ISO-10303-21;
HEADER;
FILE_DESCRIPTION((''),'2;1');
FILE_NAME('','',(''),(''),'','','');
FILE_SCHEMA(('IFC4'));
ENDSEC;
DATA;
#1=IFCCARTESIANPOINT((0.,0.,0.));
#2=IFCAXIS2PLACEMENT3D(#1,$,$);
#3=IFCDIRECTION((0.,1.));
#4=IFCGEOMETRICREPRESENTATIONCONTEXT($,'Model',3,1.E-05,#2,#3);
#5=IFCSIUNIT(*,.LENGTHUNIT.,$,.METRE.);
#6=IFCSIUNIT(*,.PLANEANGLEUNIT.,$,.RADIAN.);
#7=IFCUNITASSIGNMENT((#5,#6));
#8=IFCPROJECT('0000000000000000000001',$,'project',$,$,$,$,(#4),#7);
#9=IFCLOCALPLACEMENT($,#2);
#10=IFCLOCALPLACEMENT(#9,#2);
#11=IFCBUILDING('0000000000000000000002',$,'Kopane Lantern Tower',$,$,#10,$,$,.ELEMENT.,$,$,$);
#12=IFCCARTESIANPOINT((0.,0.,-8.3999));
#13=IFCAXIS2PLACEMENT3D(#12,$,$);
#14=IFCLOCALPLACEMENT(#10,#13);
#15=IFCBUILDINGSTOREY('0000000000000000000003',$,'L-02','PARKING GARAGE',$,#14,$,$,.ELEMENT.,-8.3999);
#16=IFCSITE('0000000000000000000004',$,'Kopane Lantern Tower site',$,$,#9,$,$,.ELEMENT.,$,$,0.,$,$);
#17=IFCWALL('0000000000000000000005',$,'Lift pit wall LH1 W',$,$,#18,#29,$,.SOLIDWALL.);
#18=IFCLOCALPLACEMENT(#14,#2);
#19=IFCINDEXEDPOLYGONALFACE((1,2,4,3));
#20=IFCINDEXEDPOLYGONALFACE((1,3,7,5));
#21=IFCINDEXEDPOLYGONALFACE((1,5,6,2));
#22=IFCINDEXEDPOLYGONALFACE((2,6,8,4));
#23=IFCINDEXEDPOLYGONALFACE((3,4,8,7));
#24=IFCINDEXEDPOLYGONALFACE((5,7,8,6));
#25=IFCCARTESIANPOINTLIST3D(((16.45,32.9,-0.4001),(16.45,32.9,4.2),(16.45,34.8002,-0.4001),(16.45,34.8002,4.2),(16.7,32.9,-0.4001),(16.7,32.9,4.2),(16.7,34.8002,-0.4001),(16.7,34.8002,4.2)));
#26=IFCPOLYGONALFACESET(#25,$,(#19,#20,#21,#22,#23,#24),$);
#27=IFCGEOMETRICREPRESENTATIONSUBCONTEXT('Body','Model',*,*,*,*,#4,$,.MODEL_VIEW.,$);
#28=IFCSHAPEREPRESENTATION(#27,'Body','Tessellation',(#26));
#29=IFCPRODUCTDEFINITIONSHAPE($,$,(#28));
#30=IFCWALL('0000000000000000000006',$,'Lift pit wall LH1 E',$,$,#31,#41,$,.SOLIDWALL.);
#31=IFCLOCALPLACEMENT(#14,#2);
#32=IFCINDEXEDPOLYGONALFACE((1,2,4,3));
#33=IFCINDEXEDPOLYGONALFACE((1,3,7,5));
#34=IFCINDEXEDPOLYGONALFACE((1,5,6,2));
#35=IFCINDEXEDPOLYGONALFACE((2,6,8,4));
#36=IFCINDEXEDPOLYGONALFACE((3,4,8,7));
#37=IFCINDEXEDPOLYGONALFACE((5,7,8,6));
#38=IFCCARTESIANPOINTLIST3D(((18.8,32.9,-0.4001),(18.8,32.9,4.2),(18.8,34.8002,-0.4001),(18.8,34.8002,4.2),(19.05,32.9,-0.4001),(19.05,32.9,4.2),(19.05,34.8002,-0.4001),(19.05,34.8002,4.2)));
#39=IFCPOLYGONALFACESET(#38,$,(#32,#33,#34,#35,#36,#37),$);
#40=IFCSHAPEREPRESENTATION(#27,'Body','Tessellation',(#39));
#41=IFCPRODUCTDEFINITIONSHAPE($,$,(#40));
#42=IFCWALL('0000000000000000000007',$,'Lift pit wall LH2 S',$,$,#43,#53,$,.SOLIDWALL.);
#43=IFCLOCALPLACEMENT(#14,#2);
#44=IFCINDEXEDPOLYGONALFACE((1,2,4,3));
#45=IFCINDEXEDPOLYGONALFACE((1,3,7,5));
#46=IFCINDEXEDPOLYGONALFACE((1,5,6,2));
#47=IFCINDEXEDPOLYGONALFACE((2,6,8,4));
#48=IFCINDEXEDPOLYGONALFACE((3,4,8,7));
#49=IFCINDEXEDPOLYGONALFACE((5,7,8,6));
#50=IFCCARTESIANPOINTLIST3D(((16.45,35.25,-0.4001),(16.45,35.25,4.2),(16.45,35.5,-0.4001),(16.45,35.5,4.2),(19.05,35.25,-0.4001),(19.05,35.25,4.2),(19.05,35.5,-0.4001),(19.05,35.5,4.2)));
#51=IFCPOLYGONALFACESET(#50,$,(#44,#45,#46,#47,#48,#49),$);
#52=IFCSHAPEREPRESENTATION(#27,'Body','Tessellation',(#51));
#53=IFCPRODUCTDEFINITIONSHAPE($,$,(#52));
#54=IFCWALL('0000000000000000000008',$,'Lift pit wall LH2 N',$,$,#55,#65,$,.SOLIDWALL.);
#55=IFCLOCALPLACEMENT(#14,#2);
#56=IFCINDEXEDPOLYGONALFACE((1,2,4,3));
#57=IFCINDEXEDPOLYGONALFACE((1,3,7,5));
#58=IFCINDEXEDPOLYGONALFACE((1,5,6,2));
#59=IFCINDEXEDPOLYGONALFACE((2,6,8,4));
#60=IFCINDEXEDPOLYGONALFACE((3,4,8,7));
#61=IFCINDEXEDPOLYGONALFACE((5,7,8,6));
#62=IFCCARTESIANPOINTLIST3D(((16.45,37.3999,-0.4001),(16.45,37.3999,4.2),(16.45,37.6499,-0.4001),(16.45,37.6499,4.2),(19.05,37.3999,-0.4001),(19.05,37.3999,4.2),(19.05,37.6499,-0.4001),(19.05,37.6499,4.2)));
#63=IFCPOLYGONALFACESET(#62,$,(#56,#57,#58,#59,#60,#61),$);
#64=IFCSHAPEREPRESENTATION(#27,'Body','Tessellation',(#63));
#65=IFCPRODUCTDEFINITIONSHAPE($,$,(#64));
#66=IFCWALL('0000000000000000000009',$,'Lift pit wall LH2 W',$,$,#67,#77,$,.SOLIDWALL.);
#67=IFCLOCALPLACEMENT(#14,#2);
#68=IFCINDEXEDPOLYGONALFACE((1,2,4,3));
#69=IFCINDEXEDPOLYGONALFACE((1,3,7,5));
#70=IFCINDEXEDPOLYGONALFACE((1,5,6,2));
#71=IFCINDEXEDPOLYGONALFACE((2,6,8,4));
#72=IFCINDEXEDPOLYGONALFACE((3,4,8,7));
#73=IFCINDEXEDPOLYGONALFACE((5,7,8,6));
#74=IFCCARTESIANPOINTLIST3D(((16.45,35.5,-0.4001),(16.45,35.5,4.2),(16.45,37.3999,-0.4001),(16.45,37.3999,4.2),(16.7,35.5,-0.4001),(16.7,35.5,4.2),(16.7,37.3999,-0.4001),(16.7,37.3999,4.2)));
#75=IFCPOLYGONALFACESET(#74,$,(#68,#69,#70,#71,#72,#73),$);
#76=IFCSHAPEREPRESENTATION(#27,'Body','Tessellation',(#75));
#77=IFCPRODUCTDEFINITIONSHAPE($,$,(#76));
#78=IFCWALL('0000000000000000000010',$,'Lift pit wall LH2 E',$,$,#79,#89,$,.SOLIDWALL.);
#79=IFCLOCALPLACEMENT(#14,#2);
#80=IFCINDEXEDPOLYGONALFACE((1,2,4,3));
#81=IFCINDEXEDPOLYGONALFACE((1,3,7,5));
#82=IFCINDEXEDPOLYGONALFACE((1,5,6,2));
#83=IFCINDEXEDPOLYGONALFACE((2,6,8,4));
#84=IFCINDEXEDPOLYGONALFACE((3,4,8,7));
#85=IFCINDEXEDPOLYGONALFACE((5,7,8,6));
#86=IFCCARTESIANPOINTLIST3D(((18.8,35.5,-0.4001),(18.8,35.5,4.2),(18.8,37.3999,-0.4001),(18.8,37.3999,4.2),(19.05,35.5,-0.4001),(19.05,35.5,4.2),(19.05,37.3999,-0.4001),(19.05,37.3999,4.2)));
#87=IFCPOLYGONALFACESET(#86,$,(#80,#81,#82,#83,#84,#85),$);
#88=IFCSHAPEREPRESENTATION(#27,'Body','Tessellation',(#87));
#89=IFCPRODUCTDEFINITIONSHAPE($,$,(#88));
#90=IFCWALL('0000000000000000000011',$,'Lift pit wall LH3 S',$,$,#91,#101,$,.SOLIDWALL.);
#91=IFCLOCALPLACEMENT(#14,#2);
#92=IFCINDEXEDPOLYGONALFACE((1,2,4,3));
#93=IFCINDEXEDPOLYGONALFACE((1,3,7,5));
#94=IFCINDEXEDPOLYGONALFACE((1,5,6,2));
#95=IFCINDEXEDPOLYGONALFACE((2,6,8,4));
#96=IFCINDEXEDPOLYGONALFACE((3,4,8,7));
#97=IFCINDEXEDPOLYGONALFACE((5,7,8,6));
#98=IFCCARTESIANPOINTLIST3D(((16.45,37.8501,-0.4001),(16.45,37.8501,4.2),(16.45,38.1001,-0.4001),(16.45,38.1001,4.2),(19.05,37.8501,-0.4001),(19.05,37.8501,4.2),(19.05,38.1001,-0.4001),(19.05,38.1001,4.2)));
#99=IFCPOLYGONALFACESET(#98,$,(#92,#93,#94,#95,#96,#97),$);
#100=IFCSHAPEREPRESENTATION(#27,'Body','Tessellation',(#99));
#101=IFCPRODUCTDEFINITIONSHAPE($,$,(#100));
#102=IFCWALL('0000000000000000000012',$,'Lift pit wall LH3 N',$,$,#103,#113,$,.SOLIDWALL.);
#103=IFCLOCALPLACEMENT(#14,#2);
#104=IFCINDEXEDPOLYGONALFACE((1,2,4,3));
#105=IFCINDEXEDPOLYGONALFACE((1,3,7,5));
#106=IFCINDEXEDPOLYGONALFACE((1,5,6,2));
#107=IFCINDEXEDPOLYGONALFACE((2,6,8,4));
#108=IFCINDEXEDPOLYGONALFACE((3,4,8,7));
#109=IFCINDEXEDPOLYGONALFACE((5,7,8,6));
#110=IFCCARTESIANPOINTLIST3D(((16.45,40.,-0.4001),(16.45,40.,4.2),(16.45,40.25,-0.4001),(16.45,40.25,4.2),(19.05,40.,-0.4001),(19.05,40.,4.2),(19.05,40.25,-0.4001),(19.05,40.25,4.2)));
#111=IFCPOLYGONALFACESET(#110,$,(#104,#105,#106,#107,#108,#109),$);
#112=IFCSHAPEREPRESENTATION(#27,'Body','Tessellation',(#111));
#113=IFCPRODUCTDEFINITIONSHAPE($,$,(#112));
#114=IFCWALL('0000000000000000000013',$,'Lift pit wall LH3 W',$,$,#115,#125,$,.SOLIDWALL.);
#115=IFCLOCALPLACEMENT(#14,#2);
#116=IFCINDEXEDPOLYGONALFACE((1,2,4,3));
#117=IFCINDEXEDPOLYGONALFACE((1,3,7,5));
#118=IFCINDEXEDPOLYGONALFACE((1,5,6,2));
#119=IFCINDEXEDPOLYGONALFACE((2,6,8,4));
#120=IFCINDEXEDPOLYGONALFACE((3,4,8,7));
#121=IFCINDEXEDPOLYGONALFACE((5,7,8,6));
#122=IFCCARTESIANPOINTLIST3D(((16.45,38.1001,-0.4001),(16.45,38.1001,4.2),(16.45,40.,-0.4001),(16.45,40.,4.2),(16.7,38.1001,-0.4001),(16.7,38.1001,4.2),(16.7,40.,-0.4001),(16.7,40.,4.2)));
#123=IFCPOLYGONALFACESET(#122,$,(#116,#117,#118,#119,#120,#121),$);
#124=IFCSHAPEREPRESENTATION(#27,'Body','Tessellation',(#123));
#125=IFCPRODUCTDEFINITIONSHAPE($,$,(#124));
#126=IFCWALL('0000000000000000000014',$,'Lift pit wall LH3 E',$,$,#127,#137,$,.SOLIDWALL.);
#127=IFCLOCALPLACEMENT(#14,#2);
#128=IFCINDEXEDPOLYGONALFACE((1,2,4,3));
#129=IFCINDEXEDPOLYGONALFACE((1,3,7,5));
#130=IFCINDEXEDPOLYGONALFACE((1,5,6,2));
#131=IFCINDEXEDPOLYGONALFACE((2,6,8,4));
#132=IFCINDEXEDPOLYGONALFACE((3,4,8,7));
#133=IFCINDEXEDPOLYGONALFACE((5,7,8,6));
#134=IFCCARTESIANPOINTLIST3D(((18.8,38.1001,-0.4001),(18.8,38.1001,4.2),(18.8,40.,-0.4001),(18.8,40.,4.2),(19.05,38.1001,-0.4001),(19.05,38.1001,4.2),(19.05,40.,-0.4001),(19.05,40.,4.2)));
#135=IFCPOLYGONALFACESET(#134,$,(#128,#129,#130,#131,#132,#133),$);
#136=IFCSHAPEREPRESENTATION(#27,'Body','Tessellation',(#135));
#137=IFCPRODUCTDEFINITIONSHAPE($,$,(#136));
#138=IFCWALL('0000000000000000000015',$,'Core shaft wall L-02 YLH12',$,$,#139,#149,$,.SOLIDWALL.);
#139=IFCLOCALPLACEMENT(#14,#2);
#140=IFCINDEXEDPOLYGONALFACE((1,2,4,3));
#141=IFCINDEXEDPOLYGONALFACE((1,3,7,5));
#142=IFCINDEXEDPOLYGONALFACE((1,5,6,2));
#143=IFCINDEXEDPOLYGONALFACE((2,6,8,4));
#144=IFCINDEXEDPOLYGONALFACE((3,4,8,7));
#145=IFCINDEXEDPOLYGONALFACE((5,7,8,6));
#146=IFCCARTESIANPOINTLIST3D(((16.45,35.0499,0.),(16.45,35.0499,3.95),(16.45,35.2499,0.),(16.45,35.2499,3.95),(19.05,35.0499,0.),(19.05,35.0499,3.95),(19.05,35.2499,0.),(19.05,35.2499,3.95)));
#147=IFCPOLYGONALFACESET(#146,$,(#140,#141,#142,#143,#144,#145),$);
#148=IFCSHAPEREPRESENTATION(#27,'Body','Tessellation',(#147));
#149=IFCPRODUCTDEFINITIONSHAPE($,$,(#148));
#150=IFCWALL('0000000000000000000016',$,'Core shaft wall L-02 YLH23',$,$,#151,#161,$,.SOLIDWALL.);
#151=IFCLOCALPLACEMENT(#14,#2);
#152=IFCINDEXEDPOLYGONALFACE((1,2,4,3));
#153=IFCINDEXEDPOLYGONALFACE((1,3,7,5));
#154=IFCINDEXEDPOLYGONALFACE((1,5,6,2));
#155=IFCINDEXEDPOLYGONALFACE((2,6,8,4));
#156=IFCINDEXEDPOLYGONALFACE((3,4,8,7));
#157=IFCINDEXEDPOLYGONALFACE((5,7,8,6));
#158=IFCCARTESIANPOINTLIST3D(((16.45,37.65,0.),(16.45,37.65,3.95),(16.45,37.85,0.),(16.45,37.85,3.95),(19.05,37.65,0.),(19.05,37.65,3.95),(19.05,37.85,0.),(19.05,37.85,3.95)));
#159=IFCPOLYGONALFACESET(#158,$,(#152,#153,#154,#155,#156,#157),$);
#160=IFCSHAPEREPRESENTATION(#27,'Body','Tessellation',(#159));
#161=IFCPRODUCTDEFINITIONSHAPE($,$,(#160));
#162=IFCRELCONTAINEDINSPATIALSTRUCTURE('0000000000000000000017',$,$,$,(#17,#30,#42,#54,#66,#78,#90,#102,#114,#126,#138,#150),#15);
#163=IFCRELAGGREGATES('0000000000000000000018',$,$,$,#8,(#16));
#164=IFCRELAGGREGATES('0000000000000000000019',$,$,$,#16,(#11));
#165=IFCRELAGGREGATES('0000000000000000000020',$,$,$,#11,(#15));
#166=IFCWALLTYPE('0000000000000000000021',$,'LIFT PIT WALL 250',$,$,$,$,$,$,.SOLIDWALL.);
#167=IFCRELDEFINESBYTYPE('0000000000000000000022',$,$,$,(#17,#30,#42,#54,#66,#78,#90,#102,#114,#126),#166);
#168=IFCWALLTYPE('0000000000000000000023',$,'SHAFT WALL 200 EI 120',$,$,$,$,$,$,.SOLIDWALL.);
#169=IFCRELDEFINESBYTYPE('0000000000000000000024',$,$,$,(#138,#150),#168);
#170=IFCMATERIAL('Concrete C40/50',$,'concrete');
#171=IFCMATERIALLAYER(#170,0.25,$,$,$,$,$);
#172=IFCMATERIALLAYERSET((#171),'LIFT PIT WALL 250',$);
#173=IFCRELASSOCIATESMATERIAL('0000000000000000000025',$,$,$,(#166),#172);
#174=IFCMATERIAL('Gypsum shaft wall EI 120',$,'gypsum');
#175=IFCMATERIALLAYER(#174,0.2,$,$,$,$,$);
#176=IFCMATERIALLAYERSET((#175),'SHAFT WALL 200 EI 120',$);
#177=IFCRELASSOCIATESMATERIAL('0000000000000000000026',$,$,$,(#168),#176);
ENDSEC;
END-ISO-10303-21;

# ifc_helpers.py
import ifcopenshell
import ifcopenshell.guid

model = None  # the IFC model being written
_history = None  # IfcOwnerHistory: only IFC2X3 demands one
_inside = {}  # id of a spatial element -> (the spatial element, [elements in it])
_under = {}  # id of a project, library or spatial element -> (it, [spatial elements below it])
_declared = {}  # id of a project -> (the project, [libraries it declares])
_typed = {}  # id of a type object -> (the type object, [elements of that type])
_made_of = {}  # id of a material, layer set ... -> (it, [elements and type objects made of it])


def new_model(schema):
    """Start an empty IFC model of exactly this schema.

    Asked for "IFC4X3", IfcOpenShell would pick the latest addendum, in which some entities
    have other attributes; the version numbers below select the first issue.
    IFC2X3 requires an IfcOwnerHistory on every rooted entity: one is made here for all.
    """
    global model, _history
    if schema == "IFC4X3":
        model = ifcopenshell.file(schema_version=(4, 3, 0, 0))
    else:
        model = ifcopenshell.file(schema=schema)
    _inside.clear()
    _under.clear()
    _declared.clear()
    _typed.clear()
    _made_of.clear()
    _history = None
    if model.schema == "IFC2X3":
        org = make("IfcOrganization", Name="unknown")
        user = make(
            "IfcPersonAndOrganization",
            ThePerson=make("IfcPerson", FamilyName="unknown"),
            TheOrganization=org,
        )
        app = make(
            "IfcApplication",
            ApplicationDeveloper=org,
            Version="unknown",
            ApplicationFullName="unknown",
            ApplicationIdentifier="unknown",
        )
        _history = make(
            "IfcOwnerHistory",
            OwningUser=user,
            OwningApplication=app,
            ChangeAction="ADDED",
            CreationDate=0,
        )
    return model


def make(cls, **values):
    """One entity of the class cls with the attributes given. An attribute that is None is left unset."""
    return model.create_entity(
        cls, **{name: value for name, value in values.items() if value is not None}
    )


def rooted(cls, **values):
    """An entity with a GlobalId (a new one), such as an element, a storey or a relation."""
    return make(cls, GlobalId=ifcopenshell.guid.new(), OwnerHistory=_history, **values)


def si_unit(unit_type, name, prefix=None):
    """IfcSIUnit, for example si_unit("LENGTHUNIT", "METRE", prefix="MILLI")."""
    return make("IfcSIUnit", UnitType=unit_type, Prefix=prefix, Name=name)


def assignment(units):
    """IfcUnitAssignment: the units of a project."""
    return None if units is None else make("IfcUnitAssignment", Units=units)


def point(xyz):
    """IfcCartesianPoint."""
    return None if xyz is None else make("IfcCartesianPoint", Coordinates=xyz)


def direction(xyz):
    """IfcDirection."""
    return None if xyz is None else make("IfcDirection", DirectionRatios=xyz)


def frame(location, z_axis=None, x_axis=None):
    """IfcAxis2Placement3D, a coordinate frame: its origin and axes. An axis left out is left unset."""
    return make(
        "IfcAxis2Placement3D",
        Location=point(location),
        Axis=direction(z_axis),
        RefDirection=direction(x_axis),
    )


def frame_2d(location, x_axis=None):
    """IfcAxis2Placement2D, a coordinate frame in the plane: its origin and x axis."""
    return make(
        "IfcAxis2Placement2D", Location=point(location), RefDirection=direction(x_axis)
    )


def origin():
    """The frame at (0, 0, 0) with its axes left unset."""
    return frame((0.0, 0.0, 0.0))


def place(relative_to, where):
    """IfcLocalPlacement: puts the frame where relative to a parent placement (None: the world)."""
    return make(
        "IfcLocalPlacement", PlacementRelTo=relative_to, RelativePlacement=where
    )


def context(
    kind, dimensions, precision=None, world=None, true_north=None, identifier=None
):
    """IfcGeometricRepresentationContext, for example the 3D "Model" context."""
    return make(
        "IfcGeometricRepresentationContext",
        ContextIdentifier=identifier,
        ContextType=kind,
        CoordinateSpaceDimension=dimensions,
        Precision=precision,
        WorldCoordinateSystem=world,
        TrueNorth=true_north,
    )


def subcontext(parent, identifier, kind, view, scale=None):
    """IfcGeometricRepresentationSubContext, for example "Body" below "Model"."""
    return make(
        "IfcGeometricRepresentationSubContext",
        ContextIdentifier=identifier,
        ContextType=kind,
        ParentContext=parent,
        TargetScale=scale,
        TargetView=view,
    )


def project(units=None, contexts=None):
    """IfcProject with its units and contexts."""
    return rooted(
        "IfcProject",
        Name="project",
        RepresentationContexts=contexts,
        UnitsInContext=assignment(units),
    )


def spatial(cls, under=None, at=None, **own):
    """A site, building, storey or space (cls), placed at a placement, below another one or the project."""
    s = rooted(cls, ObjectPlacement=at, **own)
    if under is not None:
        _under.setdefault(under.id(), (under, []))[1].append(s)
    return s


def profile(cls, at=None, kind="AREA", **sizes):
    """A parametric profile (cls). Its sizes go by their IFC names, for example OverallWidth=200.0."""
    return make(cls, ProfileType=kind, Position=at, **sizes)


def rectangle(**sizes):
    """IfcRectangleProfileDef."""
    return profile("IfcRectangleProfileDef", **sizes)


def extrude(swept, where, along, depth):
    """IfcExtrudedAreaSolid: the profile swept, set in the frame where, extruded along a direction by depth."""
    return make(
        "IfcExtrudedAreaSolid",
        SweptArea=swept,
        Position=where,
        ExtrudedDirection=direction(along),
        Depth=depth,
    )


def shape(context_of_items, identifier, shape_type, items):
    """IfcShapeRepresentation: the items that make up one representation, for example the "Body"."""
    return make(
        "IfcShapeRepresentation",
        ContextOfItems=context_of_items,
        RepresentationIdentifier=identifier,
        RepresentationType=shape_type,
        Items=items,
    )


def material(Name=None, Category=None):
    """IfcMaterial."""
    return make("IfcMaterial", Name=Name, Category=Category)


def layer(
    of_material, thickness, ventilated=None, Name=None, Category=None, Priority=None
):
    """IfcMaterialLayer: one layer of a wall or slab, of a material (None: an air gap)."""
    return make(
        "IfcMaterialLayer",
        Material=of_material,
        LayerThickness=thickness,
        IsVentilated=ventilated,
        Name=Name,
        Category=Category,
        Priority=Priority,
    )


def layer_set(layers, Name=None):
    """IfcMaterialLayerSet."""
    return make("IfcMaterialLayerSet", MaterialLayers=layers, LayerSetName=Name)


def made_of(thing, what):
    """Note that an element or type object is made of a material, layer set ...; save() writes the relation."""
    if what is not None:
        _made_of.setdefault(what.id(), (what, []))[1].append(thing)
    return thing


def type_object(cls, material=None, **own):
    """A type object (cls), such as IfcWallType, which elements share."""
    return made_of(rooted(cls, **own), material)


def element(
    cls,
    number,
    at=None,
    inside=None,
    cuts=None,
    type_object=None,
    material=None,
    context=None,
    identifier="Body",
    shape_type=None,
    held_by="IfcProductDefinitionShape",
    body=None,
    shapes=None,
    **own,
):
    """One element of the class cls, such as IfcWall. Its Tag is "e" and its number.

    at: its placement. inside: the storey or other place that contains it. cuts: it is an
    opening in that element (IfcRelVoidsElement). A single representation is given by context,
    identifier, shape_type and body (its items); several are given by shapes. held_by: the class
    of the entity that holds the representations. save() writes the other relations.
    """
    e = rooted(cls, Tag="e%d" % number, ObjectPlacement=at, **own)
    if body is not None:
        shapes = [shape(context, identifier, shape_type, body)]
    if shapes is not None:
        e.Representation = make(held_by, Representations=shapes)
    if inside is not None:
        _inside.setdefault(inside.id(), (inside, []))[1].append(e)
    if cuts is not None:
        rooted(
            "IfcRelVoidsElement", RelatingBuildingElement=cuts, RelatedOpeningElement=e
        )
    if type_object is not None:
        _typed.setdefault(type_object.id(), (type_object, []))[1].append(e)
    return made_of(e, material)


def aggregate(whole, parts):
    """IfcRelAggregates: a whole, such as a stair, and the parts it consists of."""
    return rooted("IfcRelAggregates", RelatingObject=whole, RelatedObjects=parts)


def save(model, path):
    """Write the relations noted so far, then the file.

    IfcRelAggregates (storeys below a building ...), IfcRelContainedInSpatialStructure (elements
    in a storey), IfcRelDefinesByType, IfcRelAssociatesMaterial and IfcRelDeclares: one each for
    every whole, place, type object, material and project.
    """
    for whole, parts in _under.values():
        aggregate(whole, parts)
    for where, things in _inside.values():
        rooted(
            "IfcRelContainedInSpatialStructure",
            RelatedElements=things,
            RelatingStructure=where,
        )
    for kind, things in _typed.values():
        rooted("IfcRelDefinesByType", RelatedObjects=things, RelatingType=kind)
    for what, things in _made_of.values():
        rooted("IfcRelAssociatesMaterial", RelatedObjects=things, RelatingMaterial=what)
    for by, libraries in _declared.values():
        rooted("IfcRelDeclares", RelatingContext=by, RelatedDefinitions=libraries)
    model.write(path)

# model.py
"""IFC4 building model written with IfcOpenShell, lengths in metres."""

from ifc_helpers import new_model, si_unit, direction, frame, frame_2d, origin, place, context, subcontext, project, spatial, rectangle, extrude, material, layer, layer_set, type_object, element, save


model = new_model("IFC4")

# Units and contexts
model_context = context("Model", 3, precision=1e-05, world=origin(), true_north=direction((0.0, 1.0)))
body_context = subcontext(model_context, "Body", "Model", "MODEL_VIEW")
ifc_project = project(units=[si_unit("LENGTHUNIT", "METRE"), si_unit("PLANEANGLEUNIT", "RADIAN")], contexts=[model_context])

# Site, building, storey
site_placement = place(None, origin())
site = spatial("IfcSite", under=ifc_project, at=site_placement, Name="Kopane Lantern Tower site", CompositionType="ELEMENT", RefElevation=0.0)
building_placement = place(site_placement, origin())
building = spatial("IfcBuilding", under=site, at=building_placement, Name="Kopane Lantern Tower", CompositionType="ELEMENT")
storey_placement = place(building_placement, frame((0.0, 0.0, -8.3999)))
storey = spatial("IfcBuildingStorey", under=building, at=storey_placement, Name="L-02", Description="PARKING GARAGE", CompositionType="ELEMENT", Elevation=-8.3999)

# Walls
ifc_material_1 = material(Name="Concrete C40/50", Category="concrete")
ifc_layer_1 = layer(ifc_material_1, 0.25)
ifc_layer_set_1 = layer_set([ifc_layer_1], Name="LIFT PIT WALL 250")
wall_type_1 = type_object("IfcWallType", Name="LIFT PIT WALL 250", PredefinedType="SOLIDWALL", material=ifc_layer_set_1)
for number, where, z_axis, x_axis, name in (
    (1, (16.575, 32.8999, -0.4001), (0.0, 0.0, 1.0), (0.0, 1.0, 0.0), "Lift pit wall LH1 W"),
    (2, (18.925, 32.8999, -0.4001), (0.0, 0.0, 1.0), (0.0, 1.0, 0.0), "Lift pit wall LH1 E"),
):
    element("IfcWall", number, at=place(storey_placement, frame(where, z_axis=z_axis, x_axis=x_axis)), inside=storey, type_object=wall_type_1, Name=name, PredefinedType="SOLIDWALL", context=body_context, shape_type="SweptSolid", body=[
        extrude(rectangle(XDim=1.9001, YDim=0.25, at=frame_2d((0.9502, 0.0))), origin(), (0.0, 0.0, 1.0), 4.6001),
    ])
for number, where, z_axis, x_axis, name in (
    (3, (16.45, 35.375, -0.4001), (0.0, 0.0, 1.0), (1.0, 0.0, 0.0), "Lift pit wall LH2 S"),
    (4, (16.45, 37.5249, -0.4001), (0.0, 0.0, 1.0), (1.0, 0.0, 0.0), "Lift pit wall LH2 N"),
):
    element("IfcWall", number, at=place(storey_placement, frame(where, z_axis=z_axis, x_axis=x_axis)), inside=storey, type_object=wall_type_1, Name=name, PredefinedType="SOLIDWALL", context=body_context, shape_type="SweptSolid", body=[
        extrude(rectangle(XDim=2.6001, YDim=0.25, at=frame_2d((1.3, 0.0))), origin(), (0.0, 0.0, 1.0), 4.6001),
    ])
for number, where, z_axis, x_axis, name in (
    (5, (16.575, 35.5, -0.4001), (0.0, 0.0, 1.0), (0.0, 1.0, 0.0), "Lift pit wall LH2 W"),
    (6, (18.925, 35.5, -0.4001), (0.0, 0.0, 1.0), (0.0, 1.0, 0.0), "Lift pit wall LH2 E"),
):
    element("IfcWall", number, at=place(storey_placement, frame(where, z_axis=z_axis, x_axis=x_axis)), inside=storey, type_object=wall_type_1, Name=name, PredefinedType="SOLIDWALL", context=body_context, shape_type="SweptSolid", body=[
        extrude(rectangle(XDim=1.8999, YDim=0.25, at=frame_2d((0.95, 0.0))), origin(), (0.0, 0.0, 1.0), 4.6001),
    ])
for number, where, z_axis, x_axis, name in (
    (7, (16.45, 37.9751, -0.4001), (0.0, 0.0, 1.0), (1.0, 0.0, 0.0), "Lift pit wall LH3 S"),
    (8, (16.45, 40.125, -0.4001), (0.0, 0.0, 1.0), (1.0, 0.0, 0.0), "Lift pit wall LH3 N"),
):
    element("IfcWall", number, at=place(storey_placement, frame(where, z_axis=z_axis, x_axis=x_axis)), inside=storey, type_object=wall_type_1, Name=name, PredefinedType="SOLIDWALL", context=body_context, shape_type="SweptSolid", body=[
        extrude(rectangle(XDim=2.6001, YDim=0.25, at=frame_2d((1.3, 0.0))), origin(), (0.0, 0.0, 1.0), 4.6001),
    ])
for number, where, z_axis, x_axis, name in (
    (9, (16.575, 38.1001, -0.4001), (0.0, 0.0, 1.0), (0.0, 1.0, 0.0), "Lift pit wall LH3 W"),
    (10, (18.925, 38.1001, -0.4001), (0.0, 0.0, 1.0), (0.0, 1.0, 0.0), "Lift pit wall LH3 E"),
):
    element("IfcWall", number, at=place(storey_placement, frame(where, z_axis=z_axis, x_axis=x_axis)), inside=storey, type_object=wall_type_1, Name=name, PredefinedType="SOLIDWALL", context=body_context, shape_type="SweptSolid", body=[
        extrude(rectangle(XDim=1.8999, YDim=0.25, at=frame_2d((0.95, 0.0))), origin(), (0.0, 0.0, 1.0), 4.6001),
    ])
ifc_material_2 = material(Name="Gypsum shaft wall EI 120", Category="gypsum")
ifc_layer_2 = layer(ifc_material_2, 0.2)
ifc_layer_set_2 = layer_set([ifc_layer_2], Name="SHAFT WALL 200 EI 120")
wall_type_2 = type_object("IfcWallType", Name="SHAFT WALL 200 EI 120", PredefinedType="SOLIDWALL", material=ifc_layer_set_2)
for number, where, z_axis, x_axis, name in (
    (11, (16.45, 35.1499, 0.0), (0.0, 0.0, 1.0), (1.0, 0.0, 0.0), "Core shaft wall L-02 YLH12"),
    (12, (16.45, 37.75, 0.0), (0.0, 0.0, 1.0), (1.0, 0.0, 0.0), "Core shaft wall L-02 YLH23"),
):
    element("IfcWall", number, at=place(storey_placement, frame(where, z_axis=z_axis, x_axis=x_axis)), inside=storey, type_object=wall_type_2, Name=name, PredefinedType="SOLIDWALL", context=body_context, shape_type="SweptSolid", body=[
        extrude(rectangle(XDim=2.6001, YDim=0.2, at=frame_2d((1.3, 0.0))), origin(), (0.0, 0.0, 1.0), 3.95),
    ])

save(model, "model.ifc")
